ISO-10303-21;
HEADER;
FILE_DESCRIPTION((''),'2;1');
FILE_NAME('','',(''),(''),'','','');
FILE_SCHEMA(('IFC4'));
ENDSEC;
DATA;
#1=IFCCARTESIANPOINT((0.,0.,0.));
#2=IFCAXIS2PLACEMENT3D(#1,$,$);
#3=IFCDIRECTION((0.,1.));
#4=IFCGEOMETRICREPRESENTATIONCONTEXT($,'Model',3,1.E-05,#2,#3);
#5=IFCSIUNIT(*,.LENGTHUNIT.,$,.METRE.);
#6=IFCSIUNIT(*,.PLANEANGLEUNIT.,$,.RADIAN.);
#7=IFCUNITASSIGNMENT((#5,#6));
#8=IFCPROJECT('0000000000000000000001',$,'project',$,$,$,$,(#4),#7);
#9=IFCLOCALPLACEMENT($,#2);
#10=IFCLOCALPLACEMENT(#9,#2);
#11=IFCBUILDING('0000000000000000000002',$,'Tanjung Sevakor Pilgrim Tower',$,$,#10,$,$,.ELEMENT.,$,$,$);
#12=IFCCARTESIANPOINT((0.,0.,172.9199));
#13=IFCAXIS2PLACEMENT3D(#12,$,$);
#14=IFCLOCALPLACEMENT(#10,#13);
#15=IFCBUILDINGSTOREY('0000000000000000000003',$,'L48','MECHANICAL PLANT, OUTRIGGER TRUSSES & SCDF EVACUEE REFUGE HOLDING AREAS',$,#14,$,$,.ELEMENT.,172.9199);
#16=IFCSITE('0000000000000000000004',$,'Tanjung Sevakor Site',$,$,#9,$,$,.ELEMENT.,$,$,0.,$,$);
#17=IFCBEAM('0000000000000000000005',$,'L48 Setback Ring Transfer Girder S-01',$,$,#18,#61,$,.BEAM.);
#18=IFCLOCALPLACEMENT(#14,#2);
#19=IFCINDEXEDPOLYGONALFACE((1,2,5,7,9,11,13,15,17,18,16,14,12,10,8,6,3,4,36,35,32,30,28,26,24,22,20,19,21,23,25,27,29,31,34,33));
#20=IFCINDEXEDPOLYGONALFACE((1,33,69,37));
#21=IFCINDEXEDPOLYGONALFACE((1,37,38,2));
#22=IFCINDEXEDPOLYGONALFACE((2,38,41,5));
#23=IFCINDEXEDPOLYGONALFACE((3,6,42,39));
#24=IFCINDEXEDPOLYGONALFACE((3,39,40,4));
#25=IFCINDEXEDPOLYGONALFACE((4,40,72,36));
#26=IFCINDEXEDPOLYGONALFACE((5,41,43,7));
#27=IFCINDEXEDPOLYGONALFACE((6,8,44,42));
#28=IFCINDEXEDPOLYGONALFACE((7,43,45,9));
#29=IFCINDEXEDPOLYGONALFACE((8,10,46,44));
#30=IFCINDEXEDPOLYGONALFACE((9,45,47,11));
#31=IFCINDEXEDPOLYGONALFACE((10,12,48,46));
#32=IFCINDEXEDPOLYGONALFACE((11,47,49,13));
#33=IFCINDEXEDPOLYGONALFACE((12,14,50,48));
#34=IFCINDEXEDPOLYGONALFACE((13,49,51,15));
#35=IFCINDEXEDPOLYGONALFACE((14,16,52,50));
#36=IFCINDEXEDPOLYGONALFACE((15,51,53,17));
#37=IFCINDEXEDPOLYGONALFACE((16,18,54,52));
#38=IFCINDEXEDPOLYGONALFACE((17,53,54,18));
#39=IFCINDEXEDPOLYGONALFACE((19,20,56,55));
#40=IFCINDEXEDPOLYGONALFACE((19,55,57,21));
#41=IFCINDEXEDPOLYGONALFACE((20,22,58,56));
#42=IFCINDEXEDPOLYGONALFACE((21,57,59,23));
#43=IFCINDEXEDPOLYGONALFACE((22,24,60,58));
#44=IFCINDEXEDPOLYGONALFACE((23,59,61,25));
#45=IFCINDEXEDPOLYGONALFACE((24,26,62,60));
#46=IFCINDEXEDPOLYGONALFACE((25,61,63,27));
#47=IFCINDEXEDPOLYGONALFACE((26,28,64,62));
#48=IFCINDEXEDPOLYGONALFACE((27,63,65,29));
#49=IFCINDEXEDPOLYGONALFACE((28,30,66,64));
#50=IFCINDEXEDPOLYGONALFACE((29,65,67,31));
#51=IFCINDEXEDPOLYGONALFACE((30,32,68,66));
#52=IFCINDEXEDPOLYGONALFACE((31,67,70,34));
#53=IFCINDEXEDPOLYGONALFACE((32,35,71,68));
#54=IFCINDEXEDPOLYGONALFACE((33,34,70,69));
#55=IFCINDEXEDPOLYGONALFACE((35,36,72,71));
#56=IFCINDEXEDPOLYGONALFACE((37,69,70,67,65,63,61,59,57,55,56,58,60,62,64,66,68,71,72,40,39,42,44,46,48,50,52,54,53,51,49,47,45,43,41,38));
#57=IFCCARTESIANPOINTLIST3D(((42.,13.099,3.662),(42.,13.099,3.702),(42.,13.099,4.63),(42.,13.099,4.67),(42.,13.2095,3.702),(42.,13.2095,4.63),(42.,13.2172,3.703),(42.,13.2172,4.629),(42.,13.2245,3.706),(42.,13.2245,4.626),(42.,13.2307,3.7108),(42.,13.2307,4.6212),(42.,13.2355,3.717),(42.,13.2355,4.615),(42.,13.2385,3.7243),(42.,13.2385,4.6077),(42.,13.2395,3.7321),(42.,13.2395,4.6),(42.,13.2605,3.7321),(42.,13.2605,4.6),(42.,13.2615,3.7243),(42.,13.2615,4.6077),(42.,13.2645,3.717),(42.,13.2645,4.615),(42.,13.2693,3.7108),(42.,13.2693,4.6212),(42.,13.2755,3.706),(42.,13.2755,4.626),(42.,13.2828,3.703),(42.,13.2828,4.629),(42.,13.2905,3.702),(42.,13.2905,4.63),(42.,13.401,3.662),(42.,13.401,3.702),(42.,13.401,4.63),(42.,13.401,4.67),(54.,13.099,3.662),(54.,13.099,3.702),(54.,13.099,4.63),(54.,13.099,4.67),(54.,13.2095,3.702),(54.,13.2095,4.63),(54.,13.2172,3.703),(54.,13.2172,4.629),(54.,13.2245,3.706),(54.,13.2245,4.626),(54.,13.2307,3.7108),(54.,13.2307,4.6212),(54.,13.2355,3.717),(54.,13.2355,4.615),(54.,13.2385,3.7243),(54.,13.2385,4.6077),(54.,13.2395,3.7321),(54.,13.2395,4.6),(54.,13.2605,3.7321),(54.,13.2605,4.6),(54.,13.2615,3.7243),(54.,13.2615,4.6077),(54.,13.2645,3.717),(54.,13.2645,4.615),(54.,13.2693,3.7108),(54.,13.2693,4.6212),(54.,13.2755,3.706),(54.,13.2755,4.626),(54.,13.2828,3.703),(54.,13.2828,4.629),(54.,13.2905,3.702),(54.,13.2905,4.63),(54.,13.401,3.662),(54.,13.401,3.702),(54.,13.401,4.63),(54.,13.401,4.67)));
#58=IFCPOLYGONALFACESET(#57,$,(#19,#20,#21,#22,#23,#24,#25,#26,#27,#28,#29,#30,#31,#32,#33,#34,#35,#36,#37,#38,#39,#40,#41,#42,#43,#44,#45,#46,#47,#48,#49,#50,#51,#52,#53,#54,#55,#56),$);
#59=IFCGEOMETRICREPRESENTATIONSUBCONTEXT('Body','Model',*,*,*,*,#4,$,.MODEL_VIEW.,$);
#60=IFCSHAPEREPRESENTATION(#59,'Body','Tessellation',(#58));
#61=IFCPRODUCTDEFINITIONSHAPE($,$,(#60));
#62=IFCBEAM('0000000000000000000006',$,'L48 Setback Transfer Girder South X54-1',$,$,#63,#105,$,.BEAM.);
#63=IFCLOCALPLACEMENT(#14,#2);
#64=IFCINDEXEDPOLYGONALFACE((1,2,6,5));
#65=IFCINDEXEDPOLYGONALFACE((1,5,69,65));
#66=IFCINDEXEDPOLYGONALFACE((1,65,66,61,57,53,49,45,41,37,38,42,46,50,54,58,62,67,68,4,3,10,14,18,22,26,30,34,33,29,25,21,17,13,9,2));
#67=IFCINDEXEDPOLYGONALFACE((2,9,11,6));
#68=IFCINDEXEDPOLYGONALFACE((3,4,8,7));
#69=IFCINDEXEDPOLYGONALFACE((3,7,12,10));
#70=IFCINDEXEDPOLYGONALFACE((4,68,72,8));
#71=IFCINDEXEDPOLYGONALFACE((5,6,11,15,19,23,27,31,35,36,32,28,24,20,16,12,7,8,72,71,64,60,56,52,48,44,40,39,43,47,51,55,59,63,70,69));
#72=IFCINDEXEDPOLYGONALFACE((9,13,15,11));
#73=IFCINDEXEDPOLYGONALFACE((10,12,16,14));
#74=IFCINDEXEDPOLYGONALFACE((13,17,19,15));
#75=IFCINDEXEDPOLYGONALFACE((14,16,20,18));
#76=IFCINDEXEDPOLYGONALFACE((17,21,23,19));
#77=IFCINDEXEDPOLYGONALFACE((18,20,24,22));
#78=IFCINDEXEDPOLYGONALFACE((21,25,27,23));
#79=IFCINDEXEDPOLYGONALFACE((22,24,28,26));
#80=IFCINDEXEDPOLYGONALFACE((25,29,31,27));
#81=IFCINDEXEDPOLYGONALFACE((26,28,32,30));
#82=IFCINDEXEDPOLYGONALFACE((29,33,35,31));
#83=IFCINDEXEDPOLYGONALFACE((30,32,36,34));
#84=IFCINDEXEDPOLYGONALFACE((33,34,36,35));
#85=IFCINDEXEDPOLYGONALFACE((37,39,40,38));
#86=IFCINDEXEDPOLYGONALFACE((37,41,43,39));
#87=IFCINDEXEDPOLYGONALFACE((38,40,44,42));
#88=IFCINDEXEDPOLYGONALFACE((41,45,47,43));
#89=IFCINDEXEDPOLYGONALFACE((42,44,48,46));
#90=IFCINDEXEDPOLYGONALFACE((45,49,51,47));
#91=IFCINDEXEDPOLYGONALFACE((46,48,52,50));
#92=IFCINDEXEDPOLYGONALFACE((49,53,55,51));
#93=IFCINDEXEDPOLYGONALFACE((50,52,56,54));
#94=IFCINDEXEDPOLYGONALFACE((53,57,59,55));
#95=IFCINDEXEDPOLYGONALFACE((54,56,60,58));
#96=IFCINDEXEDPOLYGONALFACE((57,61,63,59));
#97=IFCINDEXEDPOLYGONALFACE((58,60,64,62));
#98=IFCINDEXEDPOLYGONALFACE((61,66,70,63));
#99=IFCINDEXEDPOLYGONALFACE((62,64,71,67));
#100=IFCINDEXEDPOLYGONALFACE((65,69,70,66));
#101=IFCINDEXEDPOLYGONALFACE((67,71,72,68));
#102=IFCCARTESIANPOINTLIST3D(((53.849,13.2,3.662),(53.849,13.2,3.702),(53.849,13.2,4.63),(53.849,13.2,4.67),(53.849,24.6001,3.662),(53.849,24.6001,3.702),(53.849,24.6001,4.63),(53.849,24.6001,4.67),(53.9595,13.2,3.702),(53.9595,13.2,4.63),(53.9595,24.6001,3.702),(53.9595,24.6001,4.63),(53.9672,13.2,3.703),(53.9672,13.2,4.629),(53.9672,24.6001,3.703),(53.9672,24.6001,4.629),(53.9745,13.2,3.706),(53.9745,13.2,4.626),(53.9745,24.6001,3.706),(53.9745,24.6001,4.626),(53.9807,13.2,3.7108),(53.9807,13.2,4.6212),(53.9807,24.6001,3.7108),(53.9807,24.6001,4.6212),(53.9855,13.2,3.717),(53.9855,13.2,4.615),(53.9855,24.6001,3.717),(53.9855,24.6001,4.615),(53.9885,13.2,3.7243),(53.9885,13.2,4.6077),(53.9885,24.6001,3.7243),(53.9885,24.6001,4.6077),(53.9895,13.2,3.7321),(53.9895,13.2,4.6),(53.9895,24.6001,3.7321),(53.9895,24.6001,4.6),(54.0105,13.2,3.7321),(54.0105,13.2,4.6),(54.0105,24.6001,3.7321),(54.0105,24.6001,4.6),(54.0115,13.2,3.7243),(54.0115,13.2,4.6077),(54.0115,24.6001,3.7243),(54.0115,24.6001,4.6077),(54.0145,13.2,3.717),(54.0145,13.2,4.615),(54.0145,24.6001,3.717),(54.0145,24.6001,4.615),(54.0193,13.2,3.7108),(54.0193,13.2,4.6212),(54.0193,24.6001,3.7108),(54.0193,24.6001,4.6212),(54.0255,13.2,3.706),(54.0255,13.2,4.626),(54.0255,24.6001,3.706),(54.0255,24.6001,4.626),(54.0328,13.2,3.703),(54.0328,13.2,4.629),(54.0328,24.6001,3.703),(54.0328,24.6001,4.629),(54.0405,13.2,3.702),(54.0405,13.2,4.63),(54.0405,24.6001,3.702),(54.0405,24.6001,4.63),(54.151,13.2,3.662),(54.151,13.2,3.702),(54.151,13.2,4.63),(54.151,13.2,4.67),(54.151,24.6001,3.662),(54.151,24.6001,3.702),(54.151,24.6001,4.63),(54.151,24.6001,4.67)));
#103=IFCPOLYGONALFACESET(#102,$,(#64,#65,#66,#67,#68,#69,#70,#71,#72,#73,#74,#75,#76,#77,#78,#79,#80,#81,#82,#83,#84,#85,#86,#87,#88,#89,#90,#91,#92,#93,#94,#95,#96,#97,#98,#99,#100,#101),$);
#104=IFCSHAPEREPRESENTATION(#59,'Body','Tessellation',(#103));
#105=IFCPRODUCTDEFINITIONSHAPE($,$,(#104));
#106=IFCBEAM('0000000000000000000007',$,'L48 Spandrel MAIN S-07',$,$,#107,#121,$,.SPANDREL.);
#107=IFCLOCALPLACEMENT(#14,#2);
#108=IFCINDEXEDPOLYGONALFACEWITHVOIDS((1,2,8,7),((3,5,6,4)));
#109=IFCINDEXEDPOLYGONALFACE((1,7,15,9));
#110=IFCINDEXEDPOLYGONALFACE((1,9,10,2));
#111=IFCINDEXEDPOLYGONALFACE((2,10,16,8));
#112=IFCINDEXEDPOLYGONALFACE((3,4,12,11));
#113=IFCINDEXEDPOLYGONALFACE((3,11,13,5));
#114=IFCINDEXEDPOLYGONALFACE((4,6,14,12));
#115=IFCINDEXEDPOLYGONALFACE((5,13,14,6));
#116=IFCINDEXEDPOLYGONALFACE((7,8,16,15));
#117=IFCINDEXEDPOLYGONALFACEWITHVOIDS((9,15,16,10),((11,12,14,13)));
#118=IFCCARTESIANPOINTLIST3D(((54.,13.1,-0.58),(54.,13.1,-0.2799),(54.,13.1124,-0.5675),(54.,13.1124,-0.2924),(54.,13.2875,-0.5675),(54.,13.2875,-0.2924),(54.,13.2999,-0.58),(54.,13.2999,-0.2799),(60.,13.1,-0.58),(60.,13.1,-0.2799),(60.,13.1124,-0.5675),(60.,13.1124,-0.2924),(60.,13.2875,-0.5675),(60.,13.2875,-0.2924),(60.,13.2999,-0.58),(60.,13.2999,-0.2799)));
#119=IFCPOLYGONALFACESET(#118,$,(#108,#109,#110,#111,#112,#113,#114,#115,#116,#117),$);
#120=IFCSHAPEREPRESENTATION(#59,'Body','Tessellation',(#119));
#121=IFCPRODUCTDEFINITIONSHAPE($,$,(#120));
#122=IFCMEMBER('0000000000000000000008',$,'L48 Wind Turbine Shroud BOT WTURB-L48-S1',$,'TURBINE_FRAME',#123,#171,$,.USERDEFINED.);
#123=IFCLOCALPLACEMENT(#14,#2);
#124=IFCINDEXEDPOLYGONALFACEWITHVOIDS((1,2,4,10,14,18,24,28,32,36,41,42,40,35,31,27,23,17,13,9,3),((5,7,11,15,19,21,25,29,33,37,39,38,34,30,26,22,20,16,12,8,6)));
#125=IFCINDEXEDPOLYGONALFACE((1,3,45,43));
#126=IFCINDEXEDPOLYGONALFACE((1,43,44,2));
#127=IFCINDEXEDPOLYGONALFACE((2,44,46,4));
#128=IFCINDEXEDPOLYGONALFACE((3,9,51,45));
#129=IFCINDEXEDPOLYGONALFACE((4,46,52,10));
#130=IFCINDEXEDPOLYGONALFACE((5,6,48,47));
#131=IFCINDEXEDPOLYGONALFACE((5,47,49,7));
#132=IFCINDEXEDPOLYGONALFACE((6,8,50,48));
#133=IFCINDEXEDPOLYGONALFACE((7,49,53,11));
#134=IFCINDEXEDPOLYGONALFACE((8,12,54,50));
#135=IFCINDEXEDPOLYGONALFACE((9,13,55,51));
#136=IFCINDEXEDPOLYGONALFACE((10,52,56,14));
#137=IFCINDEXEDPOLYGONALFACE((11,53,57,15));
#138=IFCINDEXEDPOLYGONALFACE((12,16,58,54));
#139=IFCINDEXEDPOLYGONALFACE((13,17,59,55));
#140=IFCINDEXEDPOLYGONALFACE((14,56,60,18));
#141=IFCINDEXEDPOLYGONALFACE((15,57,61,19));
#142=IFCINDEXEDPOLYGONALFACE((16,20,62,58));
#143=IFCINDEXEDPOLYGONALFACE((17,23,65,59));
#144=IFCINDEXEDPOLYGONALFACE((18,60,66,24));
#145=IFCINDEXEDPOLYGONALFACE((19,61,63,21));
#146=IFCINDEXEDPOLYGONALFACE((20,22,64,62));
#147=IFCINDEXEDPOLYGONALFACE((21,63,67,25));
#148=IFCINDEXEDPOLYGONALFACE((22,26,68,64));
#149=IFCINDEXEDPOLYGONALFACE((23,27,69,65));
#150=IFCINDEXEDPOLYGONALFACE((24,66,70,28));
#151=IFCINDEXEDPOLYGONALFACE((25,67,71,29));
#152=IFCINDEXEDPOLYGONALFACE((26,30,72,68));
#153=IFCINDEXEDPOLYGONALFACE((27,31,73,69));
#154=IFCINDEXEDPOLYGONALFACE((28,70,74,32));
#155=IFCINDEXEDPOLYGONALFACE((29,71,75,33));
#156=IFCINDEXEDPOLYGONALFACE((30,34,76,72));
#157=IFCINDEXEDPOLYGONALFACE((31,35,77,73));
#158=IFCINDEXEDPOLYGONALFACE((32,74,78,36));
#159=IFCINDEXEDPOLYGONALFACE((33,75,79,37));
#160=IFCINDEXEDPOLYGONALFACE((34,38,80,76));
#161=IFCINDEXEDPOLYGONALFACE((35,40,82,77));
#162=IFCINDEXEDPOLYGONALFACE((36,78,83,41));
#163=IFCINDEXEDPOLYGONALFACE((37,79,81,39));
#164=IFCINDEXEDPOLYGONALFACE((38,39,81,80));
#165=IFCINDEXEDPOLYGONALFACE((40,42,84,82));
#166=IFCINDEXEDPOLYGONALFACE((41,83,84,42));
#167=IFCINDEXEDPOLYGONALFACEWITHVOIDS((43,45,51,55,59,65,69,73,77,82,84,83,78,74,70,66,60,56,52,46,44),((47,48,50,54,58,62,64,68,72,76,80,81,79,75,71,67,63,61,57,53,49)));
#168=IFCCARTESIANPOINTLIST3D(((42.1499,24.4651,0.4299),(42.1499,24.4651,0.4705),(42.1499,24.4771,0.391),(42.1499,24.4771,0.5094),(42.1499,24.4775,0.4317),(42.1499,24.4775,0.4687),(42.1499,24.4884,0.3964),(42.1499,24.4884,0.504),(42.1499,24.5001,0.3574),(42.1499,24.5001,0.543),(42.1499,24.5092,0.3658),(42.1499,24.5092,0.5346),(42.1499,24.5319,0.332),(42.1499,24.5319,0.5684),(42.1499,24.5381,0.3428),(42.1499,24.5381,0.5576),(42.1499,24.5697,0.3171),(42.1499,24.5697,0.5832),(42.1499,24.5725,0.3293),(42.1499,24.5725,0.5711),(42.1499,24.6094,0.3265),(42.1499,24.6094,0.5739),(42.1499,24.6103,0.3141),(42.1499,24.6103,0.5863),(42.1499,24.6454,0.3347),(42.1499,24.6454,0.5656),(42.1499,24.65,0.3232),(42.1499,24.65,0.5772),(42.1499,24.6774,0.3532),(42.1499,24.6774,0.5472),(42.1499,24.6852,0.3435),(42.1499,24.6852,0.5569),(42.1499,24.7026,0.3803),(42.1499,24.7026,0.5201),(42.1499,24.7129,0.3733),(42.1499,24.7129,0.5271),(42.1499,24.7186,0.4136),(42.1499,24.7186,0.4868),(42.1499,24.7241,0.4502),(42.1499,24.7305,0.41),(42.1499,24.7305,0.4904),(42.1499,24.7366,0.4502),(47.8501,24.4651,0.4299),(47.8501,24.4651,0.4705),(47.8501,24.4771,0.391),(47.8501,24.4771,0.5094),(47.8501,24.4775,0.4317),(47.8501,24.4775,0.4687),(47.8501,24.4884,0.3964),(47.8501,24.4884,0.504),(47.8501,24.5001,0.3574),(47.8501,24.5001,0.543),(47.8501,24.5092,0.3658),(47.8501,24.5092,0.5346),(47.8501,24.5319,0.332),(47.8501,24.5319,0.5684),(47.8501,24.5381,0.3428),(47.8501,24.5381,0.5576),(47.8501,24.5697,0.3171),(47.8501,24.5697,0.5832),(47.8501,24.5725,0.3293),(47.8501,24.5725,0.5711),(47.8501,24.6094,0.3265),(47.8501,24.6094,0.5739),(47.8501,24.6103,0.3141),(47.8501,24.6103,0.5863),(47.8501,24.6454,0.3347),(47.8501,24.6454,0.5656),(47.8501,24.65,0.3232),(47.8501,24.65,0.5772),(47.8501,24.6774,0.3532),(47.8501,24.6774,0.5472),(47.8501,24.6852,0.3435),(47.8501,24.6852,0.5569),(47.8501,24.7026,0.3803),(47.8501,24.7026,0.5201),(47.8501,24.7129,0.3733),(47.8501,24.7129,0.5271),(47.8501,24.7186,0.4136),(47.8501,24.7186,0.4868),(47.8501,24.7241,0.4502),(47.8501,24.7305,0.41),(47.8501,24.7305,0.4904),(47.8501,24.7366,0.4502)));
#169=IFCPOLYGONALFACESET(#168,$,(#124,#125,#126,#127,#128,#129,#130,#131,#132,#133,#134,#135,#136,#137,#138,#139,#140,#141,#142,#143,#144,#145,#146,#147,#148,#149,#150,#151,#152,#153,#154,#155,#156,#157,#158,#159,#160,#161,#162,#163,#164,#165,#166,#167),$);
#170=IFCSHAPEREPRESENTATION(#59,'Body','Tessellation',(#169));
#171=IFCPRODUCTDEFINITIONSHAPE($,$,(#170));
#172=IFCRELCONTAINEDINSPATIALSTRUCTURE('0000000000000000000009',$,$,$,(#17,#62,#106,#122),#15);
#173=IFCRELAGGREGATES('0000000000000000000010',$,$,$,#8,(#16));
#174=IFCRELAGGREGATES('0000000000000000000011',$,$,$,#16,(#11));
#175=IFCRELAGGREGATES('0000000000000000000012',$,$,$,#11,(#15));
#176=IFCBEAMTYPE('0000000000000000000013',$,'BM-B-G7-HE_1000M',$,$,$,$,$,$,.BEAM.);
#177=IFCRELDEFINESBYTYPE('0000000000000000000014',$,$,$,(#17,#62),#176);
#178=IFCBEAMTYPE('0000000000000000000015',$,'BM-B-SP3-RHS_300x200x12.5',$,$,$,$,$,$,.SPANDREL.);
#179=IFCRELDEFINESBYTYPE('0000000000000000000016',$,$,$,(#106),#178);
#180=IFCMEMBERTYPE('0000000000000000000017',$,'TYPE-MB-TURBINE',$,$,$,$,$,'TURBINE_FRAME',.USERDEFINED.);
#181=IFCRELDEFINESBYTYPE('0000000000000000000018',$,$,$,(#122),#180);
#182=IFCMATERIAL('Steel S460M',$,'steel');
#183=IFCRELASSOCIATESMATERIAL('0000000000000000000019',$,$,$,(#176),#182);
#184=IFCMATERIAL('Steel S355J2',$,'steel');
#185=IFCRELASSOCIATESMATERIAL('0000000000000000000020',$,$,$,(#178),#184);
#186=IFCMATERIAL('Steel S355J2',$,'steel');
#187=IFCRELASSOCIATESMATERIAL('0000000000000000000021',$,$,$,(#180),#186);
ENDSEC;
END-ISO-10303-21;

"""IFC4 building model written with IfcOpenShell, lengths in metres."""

from ifc_helpers import new_model, si_unit, direction, frame, origin, origin_2d, place, context, subcontext, project, spatial, hollow_rectangle, hollow_circle, i_section, extrude, material, material_profile, profile_set, type_object, element, save


model = new_model("IFC4")

# Units and contexts
model_context = context("Model", 3, precision=1e-05, world=origin(), true_north=direction((0.0, 1.0)))
body_context = subcontext(model_context, "Body", "Model", "MODEL_VIEW")
ifc_project = project(units=[si_unit("LENGTHUNIT", "METRE"), si_unit("PLANEANGLEUNIT", "RADIAN")], contexts=[model_context])

# Site, building, storey
site_placement = place(None, origin())
site = spatial("IfcSite", under=ifc_project, at=site_placement, Name="Tanjung Sevakor Site", CompositionType="ELEMENT", RefElevation=0.0)
building_placement = place(site_placement, origin())
building = spatial("IfcBuilding", under=site, at=building_placement, Name="Tanjung Sevakor Pilgrim Tower", CompositionType="ELEMENT")
storey_placement = place(building_placement, frame((0.0, 0.0, 172.9199)))
storey = spatial("IfcBuildingStorey", under=building, at=storey_placement, Name="L48", Description="MECHANICAL PLANT, OUTRIGGER TRUSSES & SCDF EVACUEE REFUGE HOLDING AREAS", CompositionType="ELEMENT", Elevation=172.9199)

# Beams
ifc_material_1 = material(Name="Steel S460M", Category="steel")
ifc_material_profile_1 = material_profile(ifc_material_1, i_section(OverallWidth=0.302, OverallDepth=1.0081, WebThickness=0.021, FlangeThickness=0.04, FilletRadius=0.03, at=origin_2d()))
ifc_profile_set_1 = profile_set([ifc_material_profile_1], Name="Steel S460M")
beam_type_1 = type_object("IfcBeamType", Name="BM-B-G7-HE_1000M", PredefinedType="BEAM", material=ifc_profile_set_1)
beam_1_placement = place(storey_placement, frame((42.0, 13.25, 4.166), z_axis=(1.0, 0.0, 0.0), x_axis=(0.0, 1.0, 0.0)))
element("IfcBeam", 1, at=beam_1_placement, inside=storey, type_object=beam_type_1, Name="L48 Setback Ring Transfer Girder S-01", PredefinedType="BEAM", context=body_context, shape_type="SweptSolid", body=[
    extrude(i_section(OverallWidth=0.302, OverallDepth=1.0081, WebThickness=0.021, FlangeThickness=0.04, FilletRadius=0.03, at=origin_2d()), origin(), (0.0, 0.0, 1.0), 12.0),
])
beam_2_placement = place(storey_placement, frame((54.0, 13.2, 4.166), z_axis=(0.0, 1.0, 0.0), x_axis=(-1.0, 0.0, 0.0)))
element("IfcBeam", 2, at=beam_2_placement, inside=storey, type_object=beam_type_1, Name="L48 Setback Transfer Girder South X54-1", PredefinedType="BEAM", context=body_context, shape_type="SweptSolid", body=[
    extrude(i_section(OverallWidth=0.302, OverallDepth=1.0081, WebThickness=0.021, FlangeThickness=0.04, FilletRadius=0.03, at=origin_2d()), origin(), (0.0, 0.0, 1.0), 11.4001),
])
ifc_material_2 = material(Name="Steel S355J2", Category="steel")
ifc_material_profile_2 = material_profile(ifc_material_2, hollow_rectangle(XDim=0.2, YDim=0.3, WallThickness=0.0125, at=origin_2d()))
ifc_profile_set_2 = profile_set([ifc_material_profile_2], Name="Steel S355J2")
beam_type_2 = type_object("IfcBeamType", Name="BM-B-SP3-RHS_300x200x12.5", PredefinedType="SPANDREL", material=ifc_profile_set_2)
beam_3_placement = place(storey_placement, frame((54.0, 13.2, -0.4299), z_axis=(1.0, 0.0, 0.0), x_axis=(0.0, 1.0, 0.0)))
element("IfcBeam", 3, at=beam_3_placement, inside=storey, type_object=beam_type_2, Name="L48 Spandrel MAIN S-07", PredefinedType="SPANDREL", context=body_context, shape_type="SweptSolid", body=[
    extrude(hollow_rectangle(XDim=0.2, YDim=0.3, WallThickness=0.0125, at=origin_2d()), origin(), (0.0, 0.0, 1.0), 6.0),
])

# Member
ifc_material_3 = material(Name="Steel S355J2", Category="steel")
ifc_material_profile_3 = material_profile(ifc_material_3, hollow_circle(Radius=0.1365, WallThickness=0.0125, at=origin_2d()))
ifc_profile_set_3 = profile_set([ifc_material_profile_3], Name="Steel S355J2")
member_type = type_object("IfcMemberType", Name="TYPE-MB-TURBINE", ElementType="TURBINE_FRAME", PredefinedType="USERDEFINED", material=ifc_profile_set_3)
for number, where, z_axis, x_axis, name in (
    (4, (42.1499, 24.6001, 0.4502), (1.0, 0.0, 0.0), (0.0, 1.0, 0.0), "L48 Wind Turbine Shroud BOT WTURB-L48-S1"),
):
    element("IfcMember", number, at=place(storey_placement, frame(where, z_axis=z_axis, x_axis=x_axis)), inside=storey, type_object=member_type, Name=name, ObjectType="TURBINE_FRAME", PredefinedType="USERDEFINED", context=body_context, shape_type="SweptSolid", body=[
        extrude(hollow_circle(Radius=0.1365, WallThickness=0.0125, at=origin_2d()), origin(), (0.0, 0.0, 1.0), 5.7002),
    ])

save(model, "model.ifc")
